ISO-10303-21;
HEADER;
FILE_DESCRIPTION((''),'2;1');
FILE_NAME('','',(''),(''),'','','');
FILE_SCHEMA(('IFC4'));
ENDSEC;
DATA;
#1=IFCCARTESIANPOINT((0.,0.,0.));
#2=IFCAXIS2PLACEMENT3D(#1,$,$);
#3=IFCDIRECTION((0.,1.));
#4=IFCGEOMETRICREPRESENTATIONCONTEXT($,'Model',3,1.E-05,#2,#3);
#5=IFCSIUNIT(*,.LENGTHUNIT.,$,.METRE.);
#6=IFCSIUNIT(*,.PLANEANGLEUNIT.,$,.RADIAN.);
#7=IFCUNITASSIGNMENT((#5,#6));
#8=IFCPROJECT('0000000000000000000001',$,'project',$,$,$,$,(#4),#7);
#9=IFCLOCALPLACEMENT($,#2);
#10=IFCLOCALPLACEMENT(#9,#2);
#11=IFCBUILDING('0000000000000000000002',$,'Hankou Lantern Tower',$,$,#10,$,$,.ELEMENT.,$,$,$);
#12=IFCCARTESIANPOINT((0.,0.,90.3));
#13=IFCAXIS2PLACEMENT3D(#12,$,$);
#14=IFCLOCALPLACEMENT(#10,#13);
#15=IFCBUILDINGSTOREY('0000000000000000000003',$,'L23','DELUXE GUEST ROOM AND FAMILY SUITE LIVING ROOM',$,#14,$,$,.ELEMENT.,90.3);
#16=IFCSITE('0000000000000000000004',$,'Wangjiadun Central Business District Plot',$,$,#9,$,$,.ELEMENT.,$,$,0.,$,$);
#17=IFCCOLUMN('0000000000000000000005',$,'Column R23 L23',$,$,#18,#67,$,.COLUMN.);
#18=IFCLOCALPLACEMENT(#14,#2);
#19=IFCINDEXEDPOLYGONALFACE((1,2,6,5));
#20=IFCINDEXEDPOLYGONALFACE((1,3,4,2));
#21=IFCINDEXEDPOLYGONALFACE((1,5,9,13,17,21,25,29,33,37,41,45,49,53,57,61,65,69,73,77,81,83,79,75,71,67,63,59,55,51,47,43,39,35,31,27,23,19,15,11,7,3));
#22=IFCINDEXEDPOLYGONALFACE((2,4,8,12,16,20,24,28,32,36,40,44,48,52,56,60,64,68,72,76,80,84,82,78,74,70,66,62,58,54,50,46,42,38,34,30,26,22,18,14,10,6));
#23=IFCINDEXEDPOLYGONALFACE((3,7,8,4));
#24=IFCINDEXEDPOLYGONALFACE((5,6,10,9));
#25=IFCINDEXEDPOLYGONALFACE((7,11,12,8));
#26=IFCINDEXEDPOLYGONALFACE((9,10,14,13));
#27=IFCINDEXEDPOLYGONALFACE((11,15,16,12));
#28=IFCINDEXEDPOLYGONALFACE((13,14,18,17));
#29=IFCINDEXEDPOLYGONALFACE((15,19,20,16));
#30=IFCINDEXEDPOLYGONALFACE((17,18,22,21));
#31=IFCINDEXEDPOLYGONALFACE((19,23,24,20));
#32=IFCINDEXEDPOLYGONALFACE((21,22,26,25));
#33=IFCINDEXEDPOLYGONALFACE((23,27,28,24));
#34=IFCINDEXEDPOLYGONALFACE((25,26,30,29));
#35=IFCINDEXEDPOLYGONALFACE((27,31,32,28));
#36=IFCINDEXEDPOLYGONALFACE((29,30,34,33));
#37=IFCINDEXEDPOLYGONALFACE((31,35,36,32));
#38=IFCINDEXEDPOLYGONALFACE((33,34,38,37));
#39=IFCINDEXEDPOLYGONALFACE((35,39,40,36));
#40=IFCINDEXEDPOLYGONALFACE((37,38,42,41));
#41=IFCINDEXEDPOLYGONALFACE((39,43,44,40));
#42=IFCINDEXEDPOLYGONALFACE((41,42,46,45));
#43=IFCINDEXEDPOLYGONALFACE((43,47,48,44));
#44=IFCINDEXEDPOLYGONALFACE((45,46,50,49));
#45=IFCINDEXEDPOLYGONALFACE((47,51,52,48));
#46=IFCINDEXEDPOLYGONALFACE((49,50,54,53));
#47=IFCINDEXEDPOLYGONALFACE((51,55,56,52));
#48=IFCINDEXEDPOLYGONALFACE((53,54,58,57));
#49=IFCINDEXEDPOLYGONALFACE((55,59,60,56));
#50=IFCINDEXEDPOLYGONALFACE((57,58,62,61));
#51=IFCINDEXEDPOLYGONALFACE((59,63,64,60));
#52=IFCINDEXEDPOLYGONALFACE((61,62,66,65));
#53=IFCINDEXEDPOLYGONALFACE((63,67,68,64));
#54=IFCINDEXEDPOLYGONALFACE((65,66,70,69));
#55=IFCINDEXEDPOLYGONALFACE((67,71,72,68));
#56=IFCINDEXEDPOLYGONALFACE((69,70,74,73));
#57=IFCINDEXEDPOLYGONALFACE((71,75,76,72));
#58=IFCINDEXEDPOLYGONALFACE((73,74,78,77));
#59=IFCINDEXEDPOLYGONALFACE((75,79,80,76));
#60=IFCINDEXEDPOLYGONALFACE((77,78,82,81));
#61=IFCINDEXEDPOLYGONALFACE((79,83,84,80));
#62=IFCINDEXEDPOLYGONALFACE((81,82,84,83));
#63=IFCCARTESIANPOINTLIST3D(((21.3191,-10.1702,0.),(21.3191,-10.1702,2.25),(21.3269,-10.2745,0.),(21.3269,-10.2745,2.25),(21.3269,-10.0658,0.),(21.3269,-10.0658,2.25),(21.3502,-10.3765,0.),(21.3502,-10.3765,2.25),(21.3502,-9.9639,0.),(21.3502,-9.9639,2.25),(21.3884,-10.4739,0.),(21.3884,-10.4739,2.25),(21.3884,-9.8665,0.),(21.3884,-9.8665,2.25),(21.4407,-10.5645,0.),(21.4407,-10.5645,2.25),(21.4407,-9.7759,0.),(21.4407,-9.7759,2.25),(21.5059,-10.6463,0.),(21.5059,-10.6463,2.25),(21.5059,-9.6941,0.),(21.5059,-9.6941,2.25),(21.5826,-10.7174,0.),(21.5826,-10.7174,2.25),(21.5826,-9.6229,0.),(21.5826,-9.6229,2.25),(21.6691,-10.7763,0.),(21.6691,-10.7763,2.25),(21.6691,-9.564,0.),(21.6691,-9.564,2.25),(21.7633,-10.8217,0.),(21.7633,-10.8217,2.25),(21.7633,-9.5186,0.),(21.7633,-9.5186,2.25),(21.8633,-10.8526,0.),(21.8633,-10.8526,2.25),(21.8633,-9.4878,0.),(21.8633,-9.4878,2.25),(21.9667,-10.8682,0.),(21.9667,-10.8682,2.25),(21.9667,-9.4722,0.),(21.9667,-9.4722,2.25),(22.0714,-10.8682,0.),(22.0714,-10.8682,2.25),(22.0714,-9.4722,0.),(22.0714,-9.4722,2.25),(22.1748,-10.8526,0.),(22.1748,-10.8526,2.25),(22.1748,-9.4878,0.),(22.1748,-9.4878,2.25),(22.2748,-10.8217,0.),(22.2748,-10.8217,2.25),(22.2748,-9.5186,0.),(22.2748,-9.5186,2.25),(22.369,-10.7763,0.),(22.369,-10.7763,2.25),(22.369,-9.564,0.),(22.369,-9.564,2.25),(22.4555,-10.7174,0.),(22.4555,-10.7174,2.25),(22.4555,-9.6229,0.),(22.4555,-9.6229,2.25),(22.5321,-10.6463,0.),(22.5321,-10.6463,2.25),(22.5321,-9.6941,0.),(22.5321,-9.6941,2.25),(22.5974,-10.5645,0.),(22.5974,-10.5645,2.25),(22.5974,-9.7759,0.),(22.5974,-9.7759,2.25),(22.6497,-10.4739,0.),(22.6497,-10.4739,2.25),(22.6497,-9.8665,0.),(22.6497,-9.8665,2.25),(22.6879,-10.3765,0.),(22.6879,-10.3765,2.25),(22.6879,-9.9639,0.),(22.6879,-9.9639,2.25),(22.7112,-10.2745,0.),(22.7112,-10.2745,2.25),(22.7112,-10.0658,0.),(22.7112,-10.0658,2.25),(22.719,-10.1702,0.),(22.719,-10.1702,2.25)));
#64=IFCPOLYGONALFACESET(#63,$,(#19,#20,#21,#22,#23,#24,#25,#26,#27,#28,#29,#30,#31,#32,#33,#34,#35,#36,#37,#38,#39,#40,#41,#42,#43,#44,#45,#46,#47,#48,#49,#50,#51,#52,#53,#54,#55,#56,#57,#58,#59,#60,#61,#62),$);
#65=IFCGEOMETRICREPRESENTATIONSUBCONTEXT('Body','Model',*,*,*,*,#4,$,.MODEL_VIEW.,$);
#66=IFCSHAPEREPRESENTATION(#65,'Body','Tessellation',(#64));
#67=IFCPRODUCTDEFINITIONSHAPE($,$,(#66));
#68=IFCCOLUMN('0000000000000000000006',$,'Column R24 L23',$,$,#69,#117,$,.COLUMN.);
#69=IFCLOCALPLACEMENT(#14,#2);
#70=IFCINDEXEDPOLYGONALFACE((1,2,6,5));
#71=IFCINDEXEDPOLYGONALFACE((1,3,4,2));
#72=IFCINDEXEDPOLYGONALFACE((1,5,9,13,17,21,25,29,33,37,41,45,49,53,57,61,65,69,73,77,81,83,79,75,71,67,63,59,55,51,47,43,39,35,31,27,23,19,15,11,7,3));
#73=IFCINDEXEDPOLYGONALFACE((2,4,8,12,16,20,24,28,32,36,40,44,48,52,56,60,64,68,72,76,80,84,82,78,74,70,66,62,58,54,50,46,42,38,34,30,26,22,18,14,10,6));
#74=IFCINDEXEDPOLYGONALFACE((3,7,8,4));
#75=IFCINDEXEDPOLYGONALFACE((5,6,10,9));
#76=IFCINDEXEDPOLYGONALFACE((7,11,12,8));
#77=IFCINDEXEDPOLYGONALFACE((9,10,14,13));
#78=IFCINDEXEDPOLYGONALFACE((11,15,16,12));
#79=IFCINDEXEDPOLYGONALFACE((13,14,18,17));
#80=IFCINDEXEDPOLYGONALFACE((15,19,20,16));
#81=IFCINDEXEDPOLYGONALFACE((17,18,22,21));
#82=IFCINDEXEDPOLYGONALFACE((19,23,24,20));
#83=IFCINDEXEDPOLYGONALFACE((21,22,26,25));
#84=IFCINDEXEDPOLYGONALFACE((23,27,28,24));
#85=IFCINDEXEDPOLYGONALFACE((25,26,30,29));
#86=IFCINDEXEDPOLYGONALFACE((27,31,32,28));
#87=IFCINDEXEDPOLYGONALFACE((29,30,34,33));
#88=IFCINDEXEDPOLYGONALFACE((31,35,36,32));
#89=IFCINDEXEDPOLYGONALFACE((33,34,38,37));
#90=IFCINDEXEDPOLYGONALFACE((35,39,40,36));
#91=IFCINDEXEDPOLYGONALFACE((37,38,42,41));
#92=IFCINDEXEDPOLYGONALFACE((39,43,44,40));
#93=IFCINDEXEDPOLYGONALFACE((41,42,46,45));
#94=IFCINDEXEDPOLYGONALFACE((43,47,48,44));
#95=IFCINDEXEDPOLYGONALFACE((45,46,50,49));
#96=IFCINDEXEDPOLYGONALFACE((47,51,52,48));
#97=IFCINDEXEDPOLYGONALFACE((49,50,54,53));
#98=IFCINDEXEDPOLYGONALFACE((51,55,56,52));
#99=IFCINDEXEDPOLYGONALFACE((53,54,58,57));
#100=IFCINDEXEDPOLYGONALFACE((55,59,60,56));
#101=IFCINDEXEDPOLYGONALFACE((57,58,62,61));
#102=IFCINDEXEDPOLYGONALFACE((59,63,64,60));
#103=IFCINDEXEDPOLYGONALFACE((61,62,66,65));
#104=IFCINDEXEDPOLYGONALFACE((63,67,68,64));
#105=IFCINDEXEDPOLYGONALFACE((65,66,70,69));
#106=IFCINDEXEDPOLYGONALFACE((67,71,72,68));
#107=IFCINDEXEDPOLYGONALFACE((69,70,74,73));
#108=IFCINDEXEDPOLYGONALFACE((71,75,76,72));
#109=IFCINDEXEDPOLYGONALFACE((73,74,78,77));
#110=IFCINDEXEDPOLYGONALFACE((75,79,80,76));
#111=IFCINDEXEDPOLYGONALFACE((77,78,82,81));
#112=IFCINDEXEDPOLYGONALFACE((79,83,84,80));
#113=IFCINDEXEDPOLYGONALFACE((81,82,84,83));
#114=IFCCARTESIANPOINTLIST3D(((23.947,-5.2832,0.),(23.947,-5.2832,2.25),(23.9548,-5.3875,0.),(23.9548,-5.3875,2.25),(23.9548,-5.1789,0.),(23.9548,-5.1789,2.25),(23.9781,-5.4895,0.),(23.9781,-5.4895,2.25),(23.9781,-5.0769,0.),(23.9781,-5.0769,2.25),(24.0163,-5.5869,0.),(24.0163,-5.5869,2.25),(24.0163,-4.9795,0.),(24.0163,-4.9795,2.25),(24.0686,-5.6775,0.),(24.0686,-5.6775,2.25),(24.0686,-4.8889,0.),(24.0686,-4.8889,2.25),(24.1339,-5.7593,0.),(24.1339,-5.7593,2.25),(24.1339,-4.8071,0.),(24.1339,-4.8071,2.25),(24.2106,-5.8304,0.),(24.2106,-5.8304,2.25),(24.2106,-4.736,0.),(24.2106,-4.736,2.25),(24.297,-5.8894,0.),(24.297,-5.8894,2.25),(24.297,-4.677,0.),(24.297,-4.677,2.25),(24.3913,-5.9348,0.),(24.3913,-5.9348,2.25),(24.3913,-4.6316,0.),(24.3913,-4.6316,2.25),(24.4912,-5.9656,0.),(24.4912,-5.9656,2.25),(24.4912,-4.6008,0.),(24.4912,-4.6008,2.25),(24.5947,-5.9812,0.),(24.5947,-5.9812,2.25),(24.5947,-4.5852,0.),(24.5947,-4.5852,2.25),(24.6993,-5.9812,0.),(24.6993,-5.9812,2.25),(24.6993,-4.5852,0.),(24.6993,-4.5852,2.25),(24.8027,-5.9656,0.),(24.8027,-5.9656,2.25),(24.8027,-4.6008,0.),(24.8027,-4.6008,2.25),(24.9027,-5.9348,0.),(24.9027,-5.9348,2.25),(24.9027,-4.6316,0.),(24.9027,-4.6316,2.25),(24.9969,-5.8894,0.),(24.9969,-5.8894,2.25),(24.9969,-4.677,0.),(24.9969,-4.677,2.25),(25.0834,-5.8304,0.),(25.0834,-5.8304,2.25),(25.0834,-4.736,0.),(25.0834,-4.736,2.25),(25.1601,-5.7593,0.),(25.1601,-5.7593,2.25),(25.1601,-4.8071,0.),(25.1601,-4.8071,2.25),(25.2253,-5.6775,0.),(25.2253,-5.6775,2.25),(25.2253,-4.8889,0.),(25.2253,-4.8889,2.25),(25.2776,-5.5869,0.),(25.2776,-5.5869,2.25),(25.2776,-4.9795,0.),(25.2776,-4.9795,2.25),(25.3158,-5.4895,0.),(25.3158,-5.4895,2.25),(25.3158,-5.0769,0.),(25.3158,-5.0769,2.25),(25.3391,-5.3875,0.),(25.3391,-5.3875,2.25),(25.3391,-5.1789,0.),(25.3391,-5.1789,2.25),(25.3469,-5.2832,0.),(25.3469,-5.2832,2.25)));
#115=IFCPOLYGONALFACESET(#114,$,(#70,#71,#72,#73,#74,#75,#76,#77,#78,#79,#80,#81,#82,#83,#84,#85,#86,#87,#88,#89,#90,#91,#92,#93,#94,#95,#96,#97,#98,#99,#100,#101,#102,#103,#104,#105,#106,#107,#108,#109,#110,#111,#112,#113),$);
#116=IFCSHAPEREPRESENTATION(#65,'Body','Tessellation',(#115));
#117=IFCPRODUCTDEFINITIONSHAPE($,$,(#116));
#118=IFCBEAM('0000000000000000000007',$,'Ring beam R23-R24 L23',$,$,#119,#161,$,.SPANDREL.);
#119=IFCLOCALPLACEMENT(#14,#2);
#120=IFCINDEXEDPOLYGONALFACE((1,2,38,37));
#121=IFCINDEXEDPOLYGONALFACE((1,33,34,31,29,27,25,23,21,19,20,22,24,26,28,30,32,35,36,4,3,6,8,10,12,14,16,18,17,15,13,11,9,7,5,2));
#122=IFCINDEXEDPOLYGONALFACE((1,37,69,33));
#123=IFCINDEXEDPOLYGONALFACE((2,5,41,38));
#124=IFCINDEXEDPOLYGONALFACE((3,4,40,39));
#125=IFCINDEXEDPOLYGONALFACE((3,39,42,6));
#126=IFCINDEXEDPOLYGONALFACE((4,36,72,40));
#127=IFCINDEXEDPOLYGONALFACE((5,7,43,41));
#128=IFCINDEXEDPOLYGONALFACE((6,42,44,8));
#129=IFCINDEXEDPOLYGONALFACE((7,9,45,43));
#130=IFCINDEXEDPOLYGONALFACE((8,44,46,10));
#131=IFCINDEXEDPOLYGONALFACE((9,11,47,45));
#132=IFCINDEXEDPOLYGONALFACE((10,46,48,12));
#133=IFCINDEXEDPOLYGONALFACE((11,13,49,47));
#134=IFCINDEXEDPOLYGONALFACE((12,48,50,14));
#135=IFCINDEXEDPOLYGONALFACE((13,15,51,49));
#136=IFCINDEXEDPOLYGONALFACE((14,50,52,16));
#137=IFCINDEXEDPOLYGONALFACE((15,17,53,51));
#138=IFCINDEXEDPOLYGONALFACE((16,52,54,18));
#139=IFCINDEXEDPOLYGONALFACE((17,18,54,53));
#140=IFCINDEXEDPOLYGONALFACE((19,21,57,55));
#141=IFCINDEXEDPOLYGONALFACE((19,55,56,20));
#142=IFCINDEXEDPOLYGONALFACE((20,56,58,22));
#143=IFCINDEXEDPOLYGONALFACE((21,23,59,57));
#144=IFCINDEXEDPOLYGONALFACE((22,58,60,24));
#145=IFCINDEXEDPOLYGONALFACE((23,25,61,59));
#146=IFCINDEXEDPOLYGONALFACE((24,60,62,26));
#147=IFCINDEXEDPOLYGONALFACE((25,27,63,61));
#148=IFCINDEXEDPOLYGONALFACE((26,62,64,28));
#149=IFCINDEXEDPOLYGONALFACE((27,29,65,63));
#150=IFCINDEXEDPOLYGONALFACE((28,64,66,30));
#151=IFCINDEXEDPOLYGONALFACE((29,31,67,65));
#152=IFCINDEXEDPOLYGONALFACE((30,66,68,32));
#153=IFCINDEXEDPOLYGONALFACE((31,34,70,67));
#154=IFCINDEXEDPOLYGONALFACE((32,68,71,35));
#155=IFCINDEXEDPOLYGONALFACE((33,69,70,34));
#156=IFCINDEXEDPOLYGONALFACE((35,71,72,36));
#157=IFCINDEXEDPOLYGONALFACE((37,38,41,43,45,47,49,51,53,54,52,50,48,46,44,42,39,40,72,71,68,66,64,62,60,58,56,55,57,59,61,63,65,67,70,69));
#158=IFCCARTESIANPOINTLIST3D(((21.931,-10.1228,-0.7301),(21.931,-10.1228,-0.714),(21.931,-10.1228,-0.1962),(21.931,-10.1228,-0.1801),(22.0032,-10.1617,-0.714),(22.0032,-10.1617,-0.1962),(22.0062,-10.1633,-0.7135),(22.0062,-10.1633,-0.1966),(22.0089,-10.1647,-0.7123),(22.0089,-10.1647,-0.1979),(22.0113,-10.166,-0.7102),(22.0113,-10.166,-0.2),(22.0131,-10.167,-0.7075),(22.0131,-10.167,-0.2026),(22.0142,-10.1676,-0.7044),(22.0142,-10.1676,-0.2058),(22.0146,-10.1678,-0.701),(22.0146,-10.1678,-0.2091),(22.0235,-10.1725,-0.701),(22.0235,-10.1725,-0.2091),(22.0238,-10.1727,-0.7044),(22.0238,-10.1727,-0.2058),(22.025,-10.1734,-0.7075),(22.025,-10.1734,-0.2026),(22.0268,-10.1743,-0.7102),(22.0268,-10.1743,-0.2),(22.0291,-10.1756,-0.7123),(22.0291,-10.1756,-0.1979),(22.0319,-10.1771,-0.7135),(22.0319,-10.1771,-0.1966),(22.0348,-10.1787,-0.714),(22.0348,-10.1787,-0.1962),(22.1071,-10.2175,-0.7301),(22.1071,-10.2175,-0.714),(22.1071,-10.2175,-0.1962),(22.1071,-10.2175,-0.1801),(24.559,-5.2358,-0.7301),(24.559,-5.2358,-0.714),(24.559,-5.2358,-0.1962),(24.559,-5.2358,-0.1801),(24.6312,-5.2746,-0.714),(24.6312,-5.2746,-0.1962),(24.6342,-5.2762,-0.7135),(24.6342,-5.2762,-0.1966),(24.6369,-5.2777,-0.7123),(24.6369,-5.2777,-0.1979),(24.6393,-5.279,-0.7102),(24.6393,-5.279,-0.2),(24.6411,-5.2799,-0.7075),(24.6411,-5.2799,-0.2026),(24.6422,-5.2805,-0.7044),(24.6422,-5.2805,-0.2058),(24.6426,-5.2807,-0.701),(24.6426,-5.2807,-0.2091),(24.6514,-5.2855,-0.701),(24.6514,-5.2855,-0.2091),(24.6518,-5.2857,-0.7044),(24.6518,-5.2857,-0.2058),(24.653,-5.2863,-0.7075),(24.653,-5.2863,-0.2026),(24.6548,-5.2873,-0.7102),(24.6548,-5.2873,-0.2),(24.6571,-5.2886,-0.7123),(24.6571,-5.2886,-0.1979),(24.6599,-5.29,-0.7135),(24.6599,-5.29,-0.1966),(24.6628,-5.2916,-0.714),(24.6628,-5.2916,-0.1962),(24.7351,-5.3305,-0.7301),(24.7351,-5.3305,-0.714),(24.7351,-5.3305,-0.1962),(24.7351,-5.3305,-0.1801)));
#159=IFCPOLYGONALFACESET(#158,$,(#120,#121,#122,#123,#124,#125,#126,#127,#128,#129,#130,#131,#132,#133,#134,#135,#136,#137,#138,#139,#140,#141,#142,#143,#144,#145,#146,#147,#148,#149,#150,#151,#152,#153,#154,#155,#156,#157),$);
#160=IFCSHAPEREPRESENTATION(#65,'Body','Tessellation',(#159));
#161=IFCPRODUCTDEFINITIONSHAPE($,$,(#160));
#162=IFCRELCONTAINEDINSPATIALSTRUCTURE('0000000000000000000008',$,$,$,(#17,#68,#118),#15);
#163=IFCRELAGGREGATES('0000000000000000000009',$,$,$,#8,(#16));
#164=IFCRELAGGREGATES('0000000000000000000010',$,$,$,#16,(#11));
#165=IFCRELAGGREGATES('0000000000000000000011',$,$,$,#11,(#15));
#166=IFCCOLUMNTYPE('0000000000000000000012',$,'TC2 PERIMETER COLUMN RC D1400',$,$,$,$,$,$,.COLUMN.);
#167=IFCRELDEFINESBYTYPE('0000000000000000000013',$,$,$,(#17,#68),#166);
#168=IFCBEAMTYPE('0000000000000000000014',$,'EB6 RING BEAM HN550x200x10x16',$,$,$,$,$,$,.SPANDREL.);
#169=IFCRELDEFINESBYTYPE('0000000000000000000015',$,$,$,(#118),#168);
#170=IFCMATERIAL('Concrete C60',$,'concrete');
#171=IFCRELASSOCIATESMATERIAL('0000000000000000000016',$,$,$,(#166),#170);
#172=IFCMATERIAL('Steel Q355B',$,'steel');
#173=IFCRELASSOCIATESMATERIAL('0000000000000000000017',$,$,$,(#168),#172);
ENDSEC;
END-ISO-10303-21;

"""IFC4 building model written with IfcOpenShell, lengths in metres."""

from ifc_helpers import new_model, si_unit, direction, frame, origin, origin_2d, place, context, subcontext, project, spatial, circle, i_section, extrude, clip, halfspace, material, material_profile, profile_set, type_object, element, save


model = new_model("IFC4")

# Units and contexts
model_context = context("Model", 3, precision=1e-05, world=origin(), true_north=direction((0.0, 1.0)))
body_context = subcontext(model_context, "Body", "Model", "MODEL_VIEW")
ifc_project = project(units=[si_unit("LENGTHUNIT", "METRE"), si_unit("PLANEANGLEUNIT", "RADIAN")], contexts=[model_context])

# Site, building, storey
site_placement = place(None, origin())
site = spatial("IfcSite", under=ifc_project, at=site_placement, Name="Wangjiadun Central Business District Plot", CompositionType="ELEMENT", RefElevation=0.0)
building_placement = place(site_placement, origin())
building = spatial("IfcBuilding", under=site, at=building_placement, Name="Hankou Lantern Tower", CompositionType="ELEMENT")
storey_placement = place(building_placement, frame((0.0, 0.0, 90.3)))
storey = spatial("IfcBuildingStorey", under=building, at=storey_placement, Name="L23", Description="DELUXE GUEST ROOM AND FAMILY SUITE LIVING ROOM", CompositionType="ELEMENT", Elevation=90.3)

# Columns
ifc_material_1 = material(Name="Concrete C60", Category="concrete")
ifc_material_profile_1 = material_profile(ifc_material_1, circle(Radius=0.7, at=origin_2d()), Name="RC D1400")
ifc_profile_set_1 = profile_set([ifc_material_profile_1], Name="Concrete C60")
column_type = type_object("IfcColumnType", Name="TC2 PERIMETER COLUMN RC D1400", PredefinedType="COLUMN", material=ifc_profile_set_1)
for number, where, z_axis, x_axis, name in (
    (1, (22.019, -10.1702, 0.0), (0.0, 0.0, 1.0), (1.0, 0.0, 0.0), "Column R23 L23"),
    (2, (24.647, -5.2832, 0.0), (0.0, 0.0, 1.0), (1.0, 0.0, 0.0), "Column R24 L23"),
):
    element("IfcColumn", number, at=place(storey_placement, frame(where, z_axis=z_axis, x_axis=x_axis)), inside=storey, type_object=column_type, Name=name, PredefinedType="COLUMN", context=body_context, shape_type="Clipping", body=[
        clip(extrude(circle(Radius=0.7, at=origin_2d()), origin(), (0.0, 0.0, 1.0), 3.3), halfspace(frame((0.0, 0.0, 2.25), z_axis=(0.0, 0.0, 1.0), x_axis=(1.0, 0.0, 0.0)), False)),
    ])

# Beam
ifc_material_2 = material(Name="Steel Q355B", Category="steel")
ifc_material_profile_2 = material_profile(ifc_material_2, i_section(OverallWidth=0.2, OverallDepth=0.55, WebThickness=0.01, FlangeThickness=0.0161, FilletRadius=0.0129, at=origin_2d()), Name="HN550x200x10x16")
ifc_profile_set_2 = profile_set([ifc_material_profile_2], Name="Steel Q355B")
beam_type = type_object("IfcBeamType", Name="EB6 RING BEAM HN550x200x10x16", PredefinedType="SPANDREL", material=ifc_profile_set_2)
beam_1_placement = place(storey_placement, frame((22.019, -10.1702, -0.4551), z_axis=(0.473609, 0.880735, 0.0), x_axis=(-0.880735, 0.473609, 0.0)))
element("IfcBeam", 3, at=beam_1_placement, inside=storey, type_object=beam_type, Name="Ring beam R23-R24 L23", PredefinedType="SPANDREL", context=body_context, shape_type="SweptSolid", body=[
    extrude(i_section(OverallWidth=0.2, OverallDepth=0.55, WebThickness=0.01, FlangeThickness=0.0161, FilletRadius=0.0129, at=origin_2d()), origin(), (0.0, 0.0, 1.0), 5.5488),
])

save(model, "model.ifc")
